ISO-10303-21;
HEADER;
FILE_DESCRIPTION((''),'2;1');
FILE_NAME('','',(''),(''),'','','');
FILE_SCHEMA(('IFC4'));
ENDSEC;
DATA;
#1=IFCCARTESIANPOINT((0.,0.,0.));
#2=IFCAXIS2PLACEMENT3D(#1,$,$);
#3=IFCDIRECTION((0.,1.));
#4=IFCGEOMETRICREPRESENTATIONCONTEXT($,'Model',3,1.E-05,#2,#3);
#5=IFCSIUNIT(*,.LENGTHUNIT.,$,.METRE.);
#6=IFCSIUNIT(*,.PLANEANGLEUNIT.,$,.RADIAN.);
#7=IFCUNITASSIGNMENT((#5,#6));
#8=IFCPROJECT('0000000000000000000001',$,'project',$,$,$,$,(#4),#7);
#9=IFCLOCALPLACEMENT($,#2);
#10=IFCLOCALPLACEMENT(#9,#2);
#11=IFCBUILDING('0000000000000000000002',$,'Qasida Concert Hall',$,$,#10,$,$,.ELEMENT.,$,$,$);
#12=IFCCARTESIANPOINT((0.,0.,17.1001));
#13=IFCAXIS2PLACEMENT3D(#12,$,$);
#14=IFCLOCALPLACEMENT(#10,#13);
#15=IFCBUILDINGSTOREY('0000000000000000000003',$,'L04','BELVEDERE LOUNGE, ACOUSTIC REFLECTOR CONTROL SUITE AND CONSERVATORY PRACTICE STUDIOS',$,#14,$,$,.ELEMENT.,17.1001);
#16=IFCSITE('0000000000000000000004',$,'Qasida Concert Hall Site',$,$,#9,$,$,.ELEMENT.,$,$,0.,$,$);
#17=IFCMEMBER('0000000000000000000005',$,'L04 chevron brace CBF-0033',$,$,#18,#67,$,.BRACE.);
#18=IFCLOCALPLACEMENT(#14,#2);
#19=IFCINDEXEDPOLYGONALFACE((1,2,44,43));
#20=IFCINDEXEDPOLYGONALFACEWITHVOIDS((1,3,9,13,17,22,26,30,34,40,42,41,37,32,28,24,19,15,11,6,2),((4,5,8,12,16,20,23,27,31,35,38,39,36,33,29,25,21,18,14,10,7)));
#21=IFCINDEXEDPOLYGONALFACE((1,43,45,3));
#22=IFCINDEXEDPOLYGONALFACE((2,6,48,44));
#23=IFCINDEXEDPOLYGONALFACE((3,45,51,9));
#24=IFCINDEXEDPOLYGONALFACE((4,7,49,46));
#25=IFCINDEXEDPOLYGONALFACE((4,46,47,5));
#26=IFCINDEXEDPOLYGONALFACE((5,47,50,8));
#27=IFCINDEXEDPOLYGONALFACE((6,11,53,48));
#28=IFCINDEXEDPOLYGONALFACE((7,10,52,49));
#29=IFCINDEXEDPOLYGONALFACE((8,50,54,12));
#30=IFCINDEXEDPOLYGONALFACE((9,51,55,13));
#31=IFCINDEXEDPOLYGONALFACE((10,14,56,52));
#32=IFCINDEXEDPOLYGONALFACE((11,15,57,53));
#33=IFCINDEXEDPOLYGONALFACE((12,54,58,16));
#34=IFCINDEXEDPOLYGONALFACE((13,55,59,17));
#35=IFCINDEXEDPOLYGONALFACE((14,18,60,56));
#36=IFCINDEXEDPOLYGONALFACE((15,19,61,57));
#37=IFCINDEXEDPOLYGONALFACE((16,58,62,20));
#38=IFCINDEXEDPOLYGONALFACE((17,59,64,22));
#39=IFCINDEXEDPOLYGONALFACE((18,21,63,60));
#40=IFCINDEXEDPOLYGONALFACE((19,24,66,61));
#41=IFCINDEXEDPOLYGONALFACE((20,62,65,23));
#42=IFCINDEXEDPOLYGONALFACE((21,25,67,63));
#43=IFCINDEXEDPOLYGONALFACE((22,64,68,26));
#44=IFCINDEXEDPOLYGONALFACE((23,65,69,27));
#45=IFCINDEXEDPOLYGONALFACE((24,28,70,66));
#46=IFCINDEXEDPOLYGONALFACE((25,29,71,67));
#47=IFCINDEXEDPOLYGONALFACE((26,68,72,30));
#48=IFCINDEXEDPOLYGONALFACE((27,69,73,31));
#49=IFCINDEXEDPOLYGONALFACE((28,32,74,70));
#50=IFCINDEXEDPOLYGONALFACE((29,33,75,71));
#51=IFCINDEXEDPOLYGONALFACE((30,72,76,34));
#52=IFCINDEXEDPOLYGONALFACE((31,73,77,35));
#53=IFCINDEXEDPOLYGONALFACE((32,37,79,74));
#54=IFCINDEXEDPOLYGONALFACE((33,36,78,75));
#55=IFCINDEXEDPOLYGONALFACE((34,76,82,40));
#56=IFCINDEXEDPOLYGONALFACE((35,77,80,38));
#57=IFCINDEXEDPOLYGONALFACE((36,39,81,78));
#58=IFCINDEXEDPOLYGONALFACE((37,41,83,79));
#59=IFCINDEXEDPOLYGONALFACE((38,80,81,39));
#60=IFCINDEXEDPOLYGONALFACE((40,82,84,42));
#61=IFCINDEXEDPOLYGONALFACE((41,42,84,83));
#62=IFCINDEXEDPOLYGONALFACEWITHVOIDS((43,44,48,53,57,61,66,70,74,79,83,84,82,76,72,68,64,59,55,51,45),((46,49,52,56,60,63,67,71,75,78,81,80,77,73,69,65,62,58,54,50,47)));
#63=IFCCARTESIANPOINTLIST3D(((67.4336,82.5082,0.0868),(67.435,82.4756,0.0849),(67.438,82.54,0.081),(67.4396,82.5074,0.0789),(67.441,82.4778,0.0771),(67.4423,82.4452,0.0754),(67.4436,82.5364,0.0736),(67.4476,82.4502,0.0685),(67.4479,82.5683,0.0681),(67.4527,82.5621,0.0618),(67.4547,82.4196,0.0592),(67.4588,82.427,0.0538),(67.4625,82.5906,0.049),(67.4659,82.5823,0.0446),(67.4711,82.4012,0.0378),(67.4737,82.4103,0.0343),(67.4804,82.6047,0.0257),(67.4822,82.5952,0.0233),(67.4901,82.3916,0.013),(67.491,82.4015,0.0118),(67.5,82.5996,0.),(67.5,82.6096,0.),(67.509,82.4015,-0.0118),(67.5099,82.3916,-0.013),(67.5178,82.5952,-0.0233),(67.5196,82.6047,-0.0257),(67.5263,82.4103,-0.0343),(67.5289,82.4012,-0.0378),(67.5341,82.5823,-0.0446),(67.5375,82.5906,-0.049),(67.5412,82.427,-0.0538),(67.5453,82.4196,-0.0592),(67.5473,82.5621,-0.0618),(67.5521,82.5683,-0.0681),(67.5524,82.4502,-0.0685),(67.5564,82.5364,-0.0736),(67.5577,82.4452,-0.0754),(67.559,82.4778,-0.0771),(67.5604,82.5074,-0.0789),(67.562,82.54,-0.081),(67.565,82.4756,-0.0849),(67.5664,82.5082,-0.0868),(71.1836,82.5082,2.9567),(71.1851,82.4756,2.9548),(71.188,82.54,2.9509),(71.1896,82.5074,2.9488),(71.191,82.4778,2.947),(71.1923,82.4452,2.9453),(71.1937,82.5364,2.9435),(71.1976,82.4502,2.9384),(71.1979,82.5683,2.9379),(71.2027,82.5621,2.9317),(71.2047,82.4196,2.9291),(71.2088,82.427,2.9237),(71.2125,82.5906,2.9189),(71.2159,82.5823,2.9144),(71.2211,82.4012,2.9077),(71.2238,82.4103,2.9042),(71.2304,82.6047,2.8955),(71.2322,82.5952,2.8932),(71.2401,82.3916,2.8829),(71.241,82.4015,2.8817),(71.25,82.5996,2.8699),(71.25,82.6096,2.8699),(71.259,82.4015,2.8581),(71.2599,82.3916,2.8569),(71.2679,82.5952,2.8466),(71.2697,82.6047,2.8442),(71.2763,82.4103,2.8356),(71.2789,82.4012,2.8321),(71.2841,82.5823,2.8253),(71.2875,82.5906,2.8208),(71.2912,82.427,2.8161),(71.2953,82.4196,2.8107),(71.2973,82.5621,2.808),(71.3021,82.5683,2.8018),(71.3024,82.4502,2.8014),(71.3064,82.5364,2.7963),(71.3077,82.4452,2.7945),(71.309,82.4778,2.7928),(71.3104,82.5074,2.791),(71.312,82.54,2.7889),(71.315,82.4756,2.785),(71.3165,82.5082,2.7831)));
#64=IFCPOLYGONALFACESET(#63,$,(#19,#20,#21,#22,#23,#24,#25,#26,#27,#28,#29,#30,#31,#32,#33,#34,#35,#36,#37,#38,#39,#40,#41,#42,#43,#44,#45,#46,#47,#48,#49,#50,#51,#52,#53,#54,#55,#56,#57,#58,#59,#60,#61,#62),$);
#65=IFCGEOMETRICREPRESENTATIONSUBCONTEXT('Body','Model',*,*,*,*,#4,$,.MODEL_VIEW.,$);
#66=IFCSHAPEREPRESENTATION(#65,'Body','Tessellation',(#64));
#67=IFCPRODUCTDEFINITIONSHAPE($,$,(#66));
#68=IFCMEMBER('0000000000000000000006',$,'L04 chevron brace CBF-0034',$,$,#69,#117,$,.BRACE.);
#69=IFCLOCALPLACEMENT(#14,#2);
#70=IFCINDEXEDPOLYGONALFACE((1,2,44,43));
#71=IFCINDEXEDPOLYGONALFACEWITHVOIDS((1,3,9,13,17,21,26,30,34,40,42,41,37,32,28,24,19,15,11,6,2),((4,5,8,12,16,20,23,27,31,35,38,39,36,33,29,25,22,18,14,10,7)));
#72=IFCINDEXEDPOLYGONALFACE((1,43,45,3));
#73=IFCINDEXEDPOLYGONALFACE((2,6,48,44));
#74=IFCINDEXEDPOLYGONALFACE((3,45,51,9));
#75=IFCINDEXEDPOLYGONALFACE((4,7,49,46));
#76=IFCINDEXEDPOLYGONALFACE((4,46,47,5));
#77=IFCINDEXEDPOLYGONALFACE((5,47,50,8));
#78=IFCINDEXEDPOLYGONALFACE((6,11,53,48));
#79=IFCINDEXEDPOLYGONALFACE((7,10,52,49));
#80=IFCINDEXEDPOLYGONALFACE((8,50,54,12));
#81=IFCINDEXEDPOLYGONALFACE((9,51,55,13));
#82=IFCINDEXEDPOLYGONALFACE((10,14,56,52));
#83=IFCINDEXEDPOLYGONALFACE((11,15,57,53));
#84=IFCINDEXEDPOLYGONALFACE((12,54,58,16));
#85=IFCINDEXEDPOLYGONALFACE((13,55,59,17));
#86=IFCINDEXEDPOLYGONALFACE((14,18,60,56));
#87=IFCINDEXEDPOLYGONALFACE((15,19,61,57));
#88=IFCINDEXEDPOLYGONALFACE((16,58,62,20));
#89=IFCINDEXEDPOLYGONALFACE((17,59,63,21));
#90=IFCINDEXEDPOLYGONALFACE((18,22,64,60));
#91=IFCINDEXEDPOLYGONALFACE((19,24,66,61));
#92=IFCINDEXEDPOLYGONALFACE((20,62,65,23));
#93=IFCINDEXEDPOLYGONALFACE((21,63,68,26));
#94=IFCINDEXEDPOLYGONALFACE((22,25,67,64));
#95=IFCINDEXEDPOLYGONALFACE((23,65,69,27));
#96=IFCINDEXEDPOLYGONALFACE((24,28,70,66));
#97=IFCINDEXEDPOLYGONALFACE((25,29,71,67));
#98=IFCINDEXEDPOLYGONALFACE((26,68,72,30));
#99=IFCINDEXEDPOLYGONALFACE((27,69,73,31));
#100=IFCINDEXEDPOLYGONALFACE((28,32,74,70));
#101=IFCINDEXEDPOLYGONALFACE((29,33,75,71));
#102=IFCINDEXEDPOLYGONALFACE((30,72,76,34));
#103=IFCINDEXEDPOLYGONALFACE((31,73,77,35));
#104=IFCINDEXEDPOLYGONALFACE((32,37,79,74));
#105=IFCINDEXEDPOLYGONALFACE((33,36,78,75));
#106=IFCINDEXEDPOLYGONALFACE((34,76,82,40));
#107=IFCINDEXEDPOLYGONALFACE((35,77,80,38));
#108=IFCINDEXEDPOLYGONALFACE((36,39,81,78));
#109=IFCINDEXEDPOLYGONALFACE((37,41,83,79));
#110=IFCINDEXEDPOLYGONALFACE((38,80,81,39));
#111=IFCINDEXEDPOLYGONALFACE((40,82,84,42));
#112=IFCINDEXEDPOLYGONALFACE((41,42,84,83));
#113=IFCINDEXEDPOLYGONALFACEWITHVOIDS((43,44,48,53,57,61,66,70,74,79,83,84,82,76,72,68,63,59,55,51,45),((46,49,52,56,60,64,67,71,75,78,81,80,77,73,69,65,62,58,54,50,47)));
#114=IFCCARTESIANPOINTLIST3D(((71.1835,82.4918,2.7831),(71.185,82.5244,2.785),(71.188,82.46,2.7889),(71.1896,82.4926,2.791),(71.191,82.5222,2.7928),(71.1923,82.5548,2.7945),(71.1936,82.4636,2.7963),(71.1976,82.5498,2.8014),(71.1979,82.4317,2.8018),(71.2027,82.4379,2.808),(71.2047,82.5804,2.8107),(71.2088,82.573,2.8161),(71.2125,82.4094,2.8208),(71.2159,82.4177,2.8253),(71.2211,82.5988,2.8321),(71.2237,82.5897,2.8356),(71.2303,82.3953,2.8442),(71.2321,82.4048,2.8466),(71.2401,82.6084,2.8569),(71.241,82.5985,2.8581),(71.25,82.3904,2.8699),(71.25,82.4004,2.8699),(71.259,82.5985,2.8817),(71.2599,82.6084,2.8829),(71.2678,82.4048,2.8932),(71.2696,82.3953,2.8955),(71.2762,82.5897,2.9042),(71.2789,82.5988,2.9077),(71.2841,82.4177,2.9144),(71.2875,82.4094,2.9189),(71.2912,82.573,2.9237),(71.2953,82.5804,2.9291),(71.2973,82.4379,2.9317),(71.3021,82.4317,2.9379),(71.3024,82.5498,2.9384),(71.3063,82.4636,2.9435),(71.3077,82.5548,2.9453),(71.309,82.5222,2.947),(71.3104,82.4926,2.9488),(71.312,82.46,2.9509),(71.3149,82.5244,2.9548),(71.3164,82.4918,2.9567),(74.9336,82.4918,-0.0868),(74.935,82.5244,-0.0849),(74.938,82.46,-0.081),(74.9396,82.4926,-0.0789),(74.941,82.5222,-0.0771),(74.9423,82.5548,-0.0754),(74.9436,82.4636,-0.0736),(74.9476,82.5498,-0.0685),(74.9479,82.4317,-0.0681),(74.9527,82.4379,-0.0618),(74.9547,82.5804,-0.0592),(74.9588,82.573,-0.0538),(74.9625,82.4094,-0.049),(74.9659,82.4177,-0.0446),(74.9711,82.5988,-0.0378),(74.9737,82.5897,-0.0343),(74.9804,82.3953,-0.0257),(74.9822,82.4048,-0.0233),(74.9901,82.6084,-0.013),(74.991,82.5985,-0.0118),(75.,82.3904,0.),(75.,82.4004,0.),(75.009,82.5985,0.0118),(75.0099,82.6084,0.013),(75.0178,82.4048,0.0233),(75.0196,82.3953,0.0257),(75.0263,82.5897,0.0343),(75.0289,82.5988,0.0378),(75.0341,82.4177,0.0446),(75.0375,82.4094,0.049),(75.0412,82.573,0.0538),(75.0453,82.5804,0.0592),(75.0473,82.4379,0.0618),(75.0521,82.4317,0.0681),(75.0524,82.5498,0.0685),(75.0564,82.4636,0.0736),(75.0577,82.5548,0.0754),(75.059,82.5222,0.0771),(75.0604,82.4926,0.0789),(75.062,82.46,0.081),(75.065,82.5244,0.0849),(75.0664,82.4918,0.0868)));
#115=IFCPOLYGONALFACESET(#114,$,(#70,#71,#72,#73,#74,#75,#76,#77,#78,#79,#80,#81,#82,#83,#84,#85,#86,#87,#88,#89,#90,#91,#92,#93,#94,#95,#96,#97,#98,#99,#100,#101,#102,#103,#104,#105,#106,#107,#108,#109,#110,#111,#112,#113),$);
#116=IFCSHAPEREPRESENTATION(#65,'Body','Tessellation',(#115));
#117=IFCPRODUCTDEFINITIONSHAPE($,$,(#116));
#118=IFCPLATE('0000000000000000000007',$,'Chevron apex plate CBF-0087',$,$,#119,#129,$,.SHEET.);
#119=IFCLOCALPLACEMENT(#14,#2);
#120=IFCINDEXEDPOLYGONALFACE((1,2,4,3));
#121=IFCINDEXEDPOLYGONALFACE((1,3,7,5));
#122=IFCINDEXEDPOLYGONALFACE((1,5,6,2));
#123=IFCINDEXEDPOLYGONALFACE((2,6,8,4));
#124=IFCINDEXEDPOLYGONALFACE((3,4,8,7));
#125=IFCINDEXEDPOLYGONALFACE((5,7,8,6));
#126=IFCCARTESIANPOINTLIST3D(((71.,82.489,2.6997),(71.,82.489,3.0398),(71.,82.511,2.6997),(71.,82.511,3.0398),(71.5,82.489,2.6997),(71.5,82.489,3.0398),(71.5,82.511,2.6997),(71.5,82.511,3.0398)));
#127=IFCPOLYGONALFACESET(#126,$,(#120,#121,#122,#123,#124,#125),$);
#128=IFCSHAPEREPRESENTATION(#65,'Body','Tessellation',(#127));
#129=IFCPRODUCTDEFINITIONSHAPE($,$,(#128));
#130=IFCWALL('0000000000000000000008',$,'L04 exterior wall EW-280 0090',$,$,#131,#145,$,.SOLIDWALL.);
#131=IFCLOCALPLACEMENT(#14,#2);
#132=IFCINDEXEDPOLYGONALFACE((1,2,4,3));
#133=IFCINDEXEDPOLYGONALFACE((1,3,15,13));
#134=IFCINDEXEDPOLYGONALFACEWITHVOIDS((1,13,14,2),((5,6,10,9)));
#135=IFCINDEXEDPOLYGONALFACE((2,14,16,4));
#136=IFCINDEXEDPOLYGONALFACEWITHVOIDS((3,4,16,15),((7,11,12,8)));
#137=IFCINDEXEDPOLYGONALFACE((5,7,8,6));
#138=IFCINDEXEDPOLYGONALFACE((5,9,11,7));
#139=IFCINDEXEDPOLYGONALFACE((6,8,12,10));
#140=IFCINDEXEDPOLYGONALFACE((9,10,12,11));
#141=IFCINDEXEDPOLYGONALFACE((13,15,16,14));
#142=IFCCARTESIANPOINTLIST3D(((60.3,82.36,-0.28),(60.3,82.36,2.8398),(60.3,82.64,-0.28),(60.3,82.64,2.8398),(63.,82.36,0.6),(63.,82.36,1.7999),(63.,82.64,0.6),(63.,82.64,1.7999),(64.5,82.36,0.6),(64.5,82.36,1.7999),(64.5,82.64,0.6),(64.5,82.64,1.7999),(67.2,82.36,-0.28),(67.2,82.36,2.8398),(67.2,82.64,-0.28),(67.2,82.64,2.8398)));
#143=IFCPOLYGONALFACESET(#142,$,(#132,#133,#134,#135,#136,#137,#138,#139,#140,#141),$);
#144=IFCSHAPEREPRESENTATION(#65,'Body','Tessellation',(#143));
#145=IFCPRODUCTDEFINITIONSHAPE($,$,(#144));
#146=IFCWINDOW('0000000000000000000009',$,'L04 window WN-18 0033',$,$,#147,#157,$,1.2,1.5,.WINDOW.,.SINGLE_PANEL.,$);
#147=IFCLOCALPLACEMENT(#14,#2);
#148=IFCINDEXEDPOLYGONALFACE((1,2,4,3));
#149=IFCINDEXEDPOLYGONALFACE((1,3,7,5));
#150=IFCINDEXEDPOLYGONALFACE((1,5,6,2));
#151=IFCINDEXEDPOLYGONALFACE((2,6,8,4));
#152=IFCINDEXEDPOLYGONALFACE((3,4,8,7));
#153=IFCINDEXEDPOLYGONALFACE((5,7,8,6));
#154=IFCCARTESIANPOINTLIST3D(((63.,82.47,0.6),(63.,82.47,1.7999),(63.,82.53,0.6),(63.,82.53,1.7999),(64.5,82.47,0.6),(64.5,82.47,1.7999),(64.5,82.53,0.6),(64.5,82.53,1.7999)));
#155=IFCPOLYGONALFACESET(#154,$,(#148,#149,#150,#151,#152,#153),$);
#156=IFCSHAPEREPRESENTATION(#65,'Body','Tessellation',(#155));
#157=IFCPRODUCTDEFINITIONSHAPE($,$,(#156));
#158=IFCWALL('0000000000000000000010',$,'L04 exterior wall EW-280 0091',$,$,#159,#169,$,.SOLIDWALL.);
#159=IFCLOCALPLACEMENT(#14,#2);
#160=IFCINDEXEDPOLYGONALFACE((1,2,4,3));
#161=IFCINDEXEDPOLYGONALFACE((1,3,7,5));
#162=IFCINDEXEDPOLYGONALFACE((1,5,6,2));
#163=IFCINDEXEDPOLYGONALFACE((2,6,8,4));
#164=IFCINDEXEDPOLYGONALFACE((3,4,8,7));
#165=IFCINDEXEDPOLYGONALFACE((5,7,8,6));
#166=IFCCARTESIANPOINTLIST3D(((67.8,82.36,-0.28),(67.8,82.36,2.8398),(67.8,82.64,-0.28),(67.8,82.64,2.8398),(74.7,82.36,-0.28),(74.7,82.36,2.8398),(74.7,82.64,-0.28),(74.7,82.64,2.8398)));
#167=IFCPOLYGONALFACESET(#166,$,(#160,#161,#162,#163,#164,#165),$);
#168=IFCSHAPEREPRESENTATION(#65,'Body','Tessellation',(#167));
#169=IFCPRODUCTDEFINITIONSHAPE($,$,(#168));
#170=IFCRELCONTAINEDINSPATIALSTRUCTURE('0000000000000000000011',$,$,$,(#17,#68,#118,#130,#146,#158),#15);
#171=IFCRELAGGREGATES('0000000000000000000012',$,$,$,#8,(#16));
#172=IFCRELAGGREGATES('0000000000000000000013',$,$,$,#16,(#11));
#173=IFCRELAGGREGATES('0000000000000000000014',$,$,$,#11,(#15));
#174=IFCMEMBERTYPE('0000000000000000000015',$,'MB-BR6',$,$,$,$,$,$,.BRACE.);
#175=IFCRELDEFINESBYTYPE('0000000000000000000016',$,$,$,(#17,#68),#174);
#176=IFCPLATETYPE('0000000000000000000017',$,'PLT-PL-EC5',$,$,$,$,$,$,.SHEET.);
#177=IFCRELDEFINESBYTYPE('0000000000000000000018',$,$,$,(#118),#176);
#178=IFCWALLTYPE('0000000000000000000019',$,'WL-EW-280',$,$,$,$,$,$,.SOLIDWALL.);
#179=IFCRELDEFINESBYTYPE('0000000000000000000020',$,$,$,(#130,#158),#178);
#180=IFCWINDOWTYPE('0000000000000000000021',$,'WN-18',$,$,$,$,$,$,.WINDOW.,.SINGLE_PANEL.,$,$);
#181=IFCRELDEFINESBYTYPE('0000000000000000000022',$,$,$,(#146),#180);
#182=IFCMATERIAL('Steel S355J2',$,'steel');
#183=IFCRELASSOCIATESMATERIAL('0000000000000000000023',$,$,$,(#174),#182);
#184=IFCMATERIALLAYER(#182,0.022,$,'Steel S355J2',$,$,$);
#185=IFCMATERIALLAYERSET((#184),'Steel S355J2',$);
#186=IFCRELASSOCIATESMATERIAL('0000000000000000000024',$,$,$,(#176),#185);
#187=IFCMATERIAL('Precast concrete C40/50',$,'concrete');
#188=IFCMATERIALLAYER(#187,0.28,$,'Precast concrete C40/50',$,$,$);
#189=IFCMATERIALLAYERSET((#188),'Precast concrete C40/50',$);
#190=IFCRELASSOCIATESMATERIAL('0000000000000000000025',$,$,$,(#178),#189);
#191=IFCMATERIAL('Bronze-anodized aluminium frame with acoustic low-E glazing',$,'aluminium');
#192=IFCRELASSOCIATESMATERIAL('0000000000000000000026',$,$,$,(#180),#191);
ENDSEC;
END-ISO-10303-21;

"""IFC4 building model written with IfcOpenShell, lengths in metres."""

from ifc_helpers import new_model, si_unit, direction, frame, frame_2d, origin, origin_2d, place, context, subcontext, project, spatial, rectangle, hollow_circle, extrude, material, layer, layer_set, material_profile, profile_set, type_object, element, fill, save


model = new_model("IFC4")

# Units and contexts
model_context = context("Model", 3, precision=1e-05, world=origin(), true_north=direction((0.0, 1.0)))
body_context = subcontext(model_context, "Body", "Model", "MODEL_VIEW")
ifc_project = project(units=[si_unit("LENGTHUNIT", "METRE"), si_unit("PLANEANGLEUNIT", "RADIAN")], contexts=[model_context])

# Site, building, storey
site_placement = place(None, origin())
site = spatial("IfcSite", under=ifc_project, at=site_placement, Name="Qasida Concert Hall Site", CompositionType="ELEMENT", RefElevation=0.0)
building_placement = place(site_placement, origin())
building = spatial("IfcBuilding", under=site, at=building_placement, Name="Qasida Concert Hall", CompositionType="ELEMENT")
storey_placement = place(building_placement, frame((0.0, 0.0, 17.1001)))
storey = spatial("IfcBuildingStorey", under=building, at=storey_placement, Name="L04", Description="BELVEDERE LOUNGE, ACOUSTIC REFLECTOR CONTROL SUITE AND CONSERVATORY PRACTICE STUDIOS", CompositionType="ELEMENT", Elevation=17.1001)

# Shared definitions
ifc_material_1 = material(Name="Steel S355J2", Category="steel")

# Members
ifc_material_profile_1 = material_profile(ifc_material_1, hollow_circle(Radius=0.1096, WallThickness=0.01, at=origin_2d()), Name="CHS 219.1x10")
ifc_profile_set_1 = profile_set([ifc_material_profile_1], Name="Steel S355J2")
member_type = type_object("IfcMemberType", Name="MB-BR6", PredefinedType="BRACE", material=ifc_profile_set_1)
for number, where, z_axis, x_axis, name in (
    (1, (67.5, 82.5, 0.0), (0.79413, 0.0, 0.607748), (0.0, 1.0, 0.0), "L04 chevron brace CBF-0033"),
    (2, (75.0, 82.5, 0.0), (-0.79413, 0.0, 0.607748), (0.0, -1.0, 0.0), "L04 chevron brace CBF-0034"),
):
    element("IfcMember", number, at=place(storey_placement, frame(where, z_axis=z_axis, x_axis=x_axis)), inside=storey, type_object=member_type, Name=name, PredefinedType="BRACE", context=body_context, shape_type="SweptSolid", body=[
        extrude(hollow_circle(Radius=0.1096, WallThickness=0.01, at=origin_2d()), origin(), (0.0, 0.0, 1.0), 4.7222),
    ])

# Plate
ifc_layer_1 = layer(ifc_material_1, 0.022, Name="Steel S355J2")
ifc_layer_set_1 = layer_set([ifc_layer_1], Name="Steel S355J2")
plate_type = type_object("IfcPlateType", Name="PLT-PL-EC5", PredefinedType="SHEET", material=ifc_layer_set_1)
plate_placement = place(storey_placement, frame((71.25, 82.5, 2.6997), z_axis=(0.0, 0.0, 1.0), x_axis=(1.0, 0.0, 0.0)))
element("IfcPlate", 3, at=plate_placement, inside=storey, type_object=plate_type, Name="Chevron apex plate CBF-0087", PredefinedType="SHEET", context=body_context, shape_type="SweptSolid", body=[
    extrude(rectangle(XDim=0.5, YDim=0.022, at=origin_2d()), origin(), (0.0, 0.0, 1.0), 0.3401),
])

# Wall, opening, window
ifc_material_2 = material(Name="Precast concrete C40/50", Category="concrete")
ifc_layer_2 = layer(ifc_material_2, 0.28, Name="Precast concrete C40/50")
ifc_layer_set_2 = layer_set([ifc_layer_2], Name="Precast concrete C40/50")
wall_type = type_object("IfcWallType", Name="WL-EW-280", PredefinedType="SOLIDWALL", material=ifc_layer_set_2)
wall_1_placement = place(storey_placement, frame((60.3, 82.5, -0.28), z_axis=(0.0, 0.0, 1.0), x_axis=(1.0, 0.0, 0.0)))
wall_1 = element("IfcWall", 4, at=wall_1_placement, inside=storey, type_object=wall_type, Name="L04 exterior wall EW-280 0090", PredefinedType="SOLIDWALL", context=body_context, shape_type="SweptSolid", body=[
    extrude(rectangle(XDim=6.8999, YDim=0.28, at=frame_2d((3.45, 0.0))), origin(), (0.0, 0.0, 1.0), 3.1199),
])
opening_1_placement = place(wall_1_placement, frame((2.7, 0.0, 0.8799)))
opening_1 = element("IfcOpeningElement", 5, at=opening_1_placement, cuts=wall_1, PredefinedType="OPENING", context=body_context, shape_type="SweptSolid", body=[
    extrude(rectangle(XDim=1.5, YDim=1.2, at=frame_2d((0.75, 0.6001))), frame((0.0, 0.1499, 0.0), z_axis=(0.0, -1.0, 0.0), x_axis=(1.0, 0.0, 0.0)), (0.0, 0.0, 1.0), 0.3),
])
ifc_material_3 = material(Name="Bronze-anodized aluminium frame with acoustic low-E glazing", Category="aluminium")
window_type_1 = type_object("IfcWindowType", Name="WN-18", PartitioningType="SINGLE_PANEL", PredefinedType="WINDOW", material=ifc_material_3)
window_1_placement = place(opening_1_placement, origin())
window_1 = element("IfcWindow", 6, at=window_1_placement, inside=storey, type_object=window_type_1, Name="L04 window WN-18 0033", OverallHeight=1.2, OverallWidth=1.5, PartitioningType="SINGLE_PANEL", PredefinedType="WINDOW", context=body_context, shape_type="SweptSolid", body=[
    extrude(rectangle(XDim=1.5, YDim=1.2, at=frame_2d((0.75, 0.6001))), frame((0.0, 0.03, 0.0), z_axis=(0.0, -1.0, 0.0), x_axis=(1.0, 0.0, 0.0)), (0.0, 0.0, 1.0), 0.0601),
])
fill(opening_1, window_1)

# Wall
wall_2_placement = place(storey_placement, frame((67.8, 82.5, -0.28), z_axis=(0.0, 0.0, 1.0), x_axis=(1.0, 0.0, 0.0)))
element("IfcWall", 7, at=wall_2_placement, inside=storey, type_object=wall_type, Name="L04 exterior wall EW-280 0091", PredefinedType="SOLIDWALL", context=body_context, shape_type="SweptSolid", body=[
    extrude(rectangle(XDim=6.8999, YDim=0.28, at=frame_2d((3.45, 0.0))), origin(), (0.0, 0.0, 1.0), 3.1199),
])

save(model, "model.ifc")
